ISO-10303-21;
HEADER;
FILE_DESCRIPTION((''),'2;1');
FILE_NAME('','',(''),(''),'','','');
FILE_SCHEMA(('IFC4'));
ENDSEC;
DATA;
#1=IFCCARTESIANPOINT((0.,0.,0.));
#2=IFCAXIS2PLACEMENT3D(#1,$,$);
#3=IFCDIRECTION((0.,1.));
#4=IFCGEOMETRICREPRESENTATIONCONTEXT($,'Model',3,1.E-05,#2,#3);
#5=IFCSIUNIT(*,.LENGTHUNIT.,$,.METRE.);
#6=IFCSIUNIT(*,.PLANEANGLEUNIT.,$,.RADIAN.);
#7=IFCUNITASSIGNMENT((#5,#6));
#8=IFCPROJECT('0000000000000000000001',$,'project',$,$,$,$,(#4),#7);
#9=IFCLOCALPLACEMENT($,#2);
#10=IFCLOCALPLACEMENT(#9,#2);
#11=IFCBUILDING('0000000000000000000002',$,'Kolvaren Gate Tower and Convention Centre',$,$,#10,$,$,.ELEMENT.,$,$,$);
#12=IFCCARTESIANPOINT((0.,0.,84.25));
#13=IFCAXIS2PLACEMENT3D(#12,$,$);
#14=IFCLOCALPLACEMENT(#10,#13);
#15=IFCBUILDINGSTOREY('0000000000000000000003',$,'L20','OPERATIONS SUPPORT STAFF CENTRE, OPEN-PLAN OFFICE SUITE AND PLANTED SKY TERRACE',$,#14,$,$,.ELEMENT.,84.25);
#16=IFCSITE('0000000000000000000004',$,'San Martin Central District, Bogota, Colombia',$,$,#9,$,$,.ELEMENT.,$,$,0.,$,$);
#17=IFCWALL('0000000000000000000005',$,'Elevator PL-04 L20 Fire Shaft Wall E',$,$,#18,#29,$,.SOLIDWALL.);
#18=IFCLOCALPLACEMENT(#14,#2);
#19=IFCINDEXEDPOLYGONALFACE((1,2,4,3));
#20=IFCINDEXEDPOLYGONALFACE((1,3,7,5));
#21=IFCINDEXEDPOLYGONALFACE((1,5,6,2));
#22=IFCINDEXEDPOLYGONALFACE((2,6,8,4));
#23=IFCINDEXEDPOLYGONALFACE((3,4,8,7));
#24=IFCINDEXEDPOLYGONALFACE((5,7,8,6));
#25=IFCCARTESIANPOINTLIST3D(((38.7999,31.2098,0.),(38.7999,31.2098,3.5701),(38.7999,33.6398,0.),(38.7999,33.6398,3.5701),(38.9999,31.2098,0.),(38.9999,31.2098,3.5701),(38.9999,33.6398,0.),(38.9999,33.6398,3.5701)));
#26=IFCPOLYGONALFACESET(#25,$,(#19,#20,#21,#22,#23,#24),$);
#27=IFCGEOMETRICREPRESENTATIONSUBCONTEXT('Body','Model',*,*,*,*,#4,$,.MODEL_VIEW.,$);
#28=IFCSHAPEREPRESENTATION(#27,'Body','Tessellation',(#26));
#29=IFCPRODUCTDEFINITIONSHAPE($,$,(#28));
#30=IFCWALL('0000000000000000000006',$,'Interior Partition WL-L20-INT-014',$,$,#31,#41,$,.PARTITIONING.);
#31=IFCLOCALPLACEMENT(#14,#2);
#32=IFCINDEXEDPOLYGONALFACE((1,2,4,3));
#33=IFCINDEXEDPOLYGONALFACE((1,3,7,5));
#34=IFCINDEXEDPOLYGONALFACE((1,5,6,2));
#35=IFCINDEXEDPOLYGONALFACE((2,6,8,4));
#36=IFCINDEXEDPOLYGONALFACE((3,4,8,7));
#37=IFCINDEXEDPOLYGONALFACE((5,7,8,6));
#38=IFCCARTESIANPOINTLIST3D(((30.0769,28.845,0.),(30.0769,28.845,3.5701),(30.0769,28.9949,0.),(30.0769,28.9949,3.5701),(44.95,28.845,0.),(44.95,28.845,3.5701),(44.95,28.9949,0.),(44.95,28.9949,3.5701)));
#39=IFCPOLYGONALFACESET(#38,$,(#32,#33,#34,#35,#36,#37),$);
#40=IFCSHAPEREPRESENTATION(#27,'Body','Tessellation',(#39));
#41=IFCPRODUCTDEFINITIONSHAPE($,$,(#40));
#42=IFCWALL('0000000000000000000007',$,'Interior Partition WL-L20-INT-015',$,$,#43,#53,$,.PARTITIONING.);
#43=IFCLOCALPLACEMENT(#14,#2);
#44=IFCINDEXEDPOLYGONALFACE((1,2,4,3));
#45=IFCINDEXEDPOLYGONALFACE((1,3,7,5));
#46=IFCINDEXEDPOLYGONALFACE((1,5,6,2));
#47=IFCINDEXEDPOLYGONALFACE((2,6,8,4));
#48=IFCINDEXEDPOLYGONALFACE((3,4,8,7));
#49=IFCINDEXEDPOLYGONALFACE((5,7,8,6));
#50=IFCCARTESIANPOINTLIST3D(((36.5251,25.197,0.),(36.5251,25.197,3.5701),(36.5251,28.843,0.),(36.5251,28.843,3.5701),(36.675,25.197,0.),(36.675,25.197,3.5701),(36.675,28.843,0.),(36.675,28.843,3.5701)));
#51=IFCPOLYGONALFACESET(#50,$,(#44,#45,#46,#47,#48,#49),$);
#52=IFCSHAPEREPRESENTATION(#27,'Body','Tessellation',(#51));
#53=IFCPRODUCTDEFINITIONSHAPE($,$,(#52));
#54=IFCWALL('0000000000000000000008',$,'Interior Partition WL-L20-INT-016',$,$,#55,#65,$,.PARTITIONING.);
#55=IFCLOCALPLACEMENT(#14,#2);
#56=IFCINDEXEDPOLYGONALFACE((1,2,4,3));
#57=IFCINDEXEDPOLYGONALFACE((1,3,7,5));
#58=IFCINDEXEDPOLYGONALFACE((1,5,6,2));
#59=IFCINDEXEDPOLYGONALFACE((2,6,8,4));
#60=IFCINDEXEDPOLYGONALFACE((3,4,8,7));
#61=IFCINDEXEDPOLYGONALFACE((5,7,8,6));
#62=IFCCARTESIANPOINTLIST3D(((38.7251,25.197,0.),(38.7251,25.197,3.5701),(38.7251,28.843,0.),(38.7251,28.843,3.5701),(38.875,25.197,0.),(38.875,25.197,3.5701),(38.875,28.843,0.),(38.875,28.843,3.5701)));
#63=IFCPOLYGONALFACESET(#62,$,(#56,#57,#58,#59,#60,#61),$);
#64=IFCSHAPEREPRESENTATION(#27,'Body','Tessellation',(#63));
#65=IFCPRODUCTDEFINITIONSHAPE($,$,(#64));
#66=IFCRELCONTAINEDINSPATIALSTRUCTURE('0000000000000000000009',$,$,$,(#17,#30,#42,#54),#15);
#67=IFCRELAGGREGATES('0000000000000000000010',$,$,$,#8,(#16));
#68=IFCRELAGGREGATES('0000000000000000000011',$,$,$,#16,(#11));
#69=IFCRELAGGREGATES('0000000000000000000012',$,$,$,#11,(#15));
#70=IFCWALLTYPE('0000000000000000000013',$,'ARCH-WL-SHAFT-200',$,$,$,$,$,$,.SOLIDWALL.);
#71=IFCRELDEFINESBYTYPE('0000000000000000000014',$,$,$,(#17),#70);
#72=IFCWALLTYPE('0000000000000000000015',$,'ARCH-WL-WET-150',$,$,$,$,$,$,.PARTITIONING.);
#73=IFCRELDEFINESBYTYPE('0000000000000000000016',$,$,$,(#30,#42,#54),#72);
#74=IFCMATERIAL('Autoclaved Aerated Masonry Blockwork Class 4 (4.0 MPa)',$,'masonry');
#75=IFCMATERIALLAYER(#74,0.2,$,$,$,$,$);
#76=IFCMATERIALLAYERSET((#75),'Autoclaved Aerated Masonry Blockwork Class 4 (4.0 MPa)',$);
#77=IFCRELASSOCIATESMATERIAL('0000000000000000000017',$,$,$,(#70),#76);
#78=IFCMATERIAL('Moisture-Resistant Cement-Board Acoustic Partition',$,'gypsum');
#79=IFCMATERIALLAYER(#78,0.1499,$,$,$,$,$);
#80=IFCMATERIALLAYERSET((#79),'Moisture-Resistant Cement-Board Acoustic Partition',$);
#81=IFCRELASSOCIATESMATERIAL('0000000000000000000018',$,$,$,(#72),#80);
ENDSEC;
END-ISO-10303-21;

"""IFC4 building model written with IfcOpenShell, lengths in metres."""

from ifc_helpers import new_model, si_unit, direction, frame, frame_2d, origin, place, context, subcontext, project, spatial, rectangle, extrude, material, layer, layer_set, type_object, element, save


model = new_model("IFC4")

# Units and contexts
model_context = context("Model", 3, precision=1e-05, world=origin(), true_north=direction((0.0, 1.0)))
body_context = subcontext(model_context, "Body", "Model", "MODEL_VIEW")
ifc_project = project(units=[si_unit("LENGTHUNIT", "METRE"), si_unit("PLANEANGLEUNIT", "RADIAN")], contexts=[model_context])

# Site, building, storey
site_placement = place(None, origin())
site = spatial("IfcSite", under=ifc_project, at=site_placement, Name="San Martin Central District, Bogota, Colombia", CompositionType="ELEMENT", RefElevation=0.0)
building_placement = place(site_placement, origin())
building = spatial("IfcBuilding", under=site, at=building_placement, Name="Kolvaren Gate Tower and Convention Centre", CompositionType="ELEMENT")
storey_placement = place(building_placement, frame((0.0, 0.0, 84.25)))
storey = spatial("IfcBuildingStorey", under=building, at=storey_placement, Name="L20", Description="OPERATIONS SUPPORT STAFF CENTRE, OPEN-PLAN OFFICE SUITE AND PLANTED SKY TERRACE", CompositionType="ELEMENT", Elevation=84.25)

# Shared definitions
ifc_material_1 = material(Name="Autoclaved Aerated Masonry Blockwork Class 4 (4.0 MPa)", Category="masonry")
ifc_layer_1 = layer(ifc_material_1, 0.2)
ifc_layer_set_1 = layer_set([ifc_layer_1], Name="Autoclaved Aerated Masonry Blockwork Class 4 (4.0 MPa)")
wall_type_1 = type_object("IfcWallType", Name="ARCH-WL-SHAFT-200", PredefinedType="SOLIDWALL", material=ifc_layer_set_1)

# Walls
wall_1_placement = place(storey_placement, frame((38.8999, 31.21, 0.0), z_axis=(0.0, 0.0, 1.0), x_axis=(0.0, 1.0, 0.0)))
element("IfcWall", 1, at=wall_1_placement, inside=storey, type_object=wall_type_1, Name="Elevator PL-04 L20 Fire Shaft Wall E", PredefinedType="SOLIDWALL", context=body_context, shape_type="SweptSolid", body=[
    extrude(rectangle(XDim=2.4299, YDim=0.2, at=frame_2d((1.2148, 0.0))), origin(), (0.0, 0.0, 1.0), 3.5701),
])
ifc_material_2 = material(Name="Moisture-Resistant Cement-Board Acoustic Partition", Category="gypsum")
ifc_layer_2 = layer(ifc_material_2, 0.1499)
ifc_layer_set_2 = layer_set([ifc_layer_2], Name="Moisture-Resistant Cement-Board Acoustic Partition")
wall_type_2 = type_object("IfcWallType", Name="ARCH-WL-WET-150", PredefinedType="PARTITIONING", material=ifc_layer_set_2)
wall_2_placement = place(storey_placement, frame((30.0769, 28.9199, 0.0), z_axis=(0.0, 0.0, 1.0), x_axis=(1.0, 0.0, 0.0)))
element("IfcWall", 2, at=wall_2_placement, inside=storey, type_object=wall_type_2, Name="Interior Partition WL-L20-INT-014", PredefinedType="PARTITIONING", context=body_context, shape_type="SweptSolid", body=[
    extrude(rectangle(XDim=14.873, YDim=0.1499, at=frame_2d((7.4365, 0.0))), origin(), (0.0, 0.0, 1.0), 3.5701),
])
for number, where, z_axis, x_axis, name in (
    (3, (36.6001, 25.197, 0.0), (0.0, 0.0, 1.0), (0.0, 1.0, 0.0), "Interior Partition WL-L20-INT-015"),
    (4, (38.8, 25.197, 0.0), (0.0, 0.0, 1.0), (0.0, 1.0, 0.0), "Interior Partition WL-L20-INT-016"),
):
    element("IfcWall", number, at=place(storey_placement, frame(where, z_axis=z_axis, x_axis=x_axis)), inside=storey, type_object=wall_type_2, Name=name, PredefinedType="PARTITIONING", context=body_context, shape_type="SweptSolid", body=[
        extrude(rectangle(XDim=3.646, YDim=0.1499, at=frame_2d((1.823, 0.0))), origin(), (0.0, 0.0, 1.0), 3.5701),
    ])

save(model, "model.ifc")
